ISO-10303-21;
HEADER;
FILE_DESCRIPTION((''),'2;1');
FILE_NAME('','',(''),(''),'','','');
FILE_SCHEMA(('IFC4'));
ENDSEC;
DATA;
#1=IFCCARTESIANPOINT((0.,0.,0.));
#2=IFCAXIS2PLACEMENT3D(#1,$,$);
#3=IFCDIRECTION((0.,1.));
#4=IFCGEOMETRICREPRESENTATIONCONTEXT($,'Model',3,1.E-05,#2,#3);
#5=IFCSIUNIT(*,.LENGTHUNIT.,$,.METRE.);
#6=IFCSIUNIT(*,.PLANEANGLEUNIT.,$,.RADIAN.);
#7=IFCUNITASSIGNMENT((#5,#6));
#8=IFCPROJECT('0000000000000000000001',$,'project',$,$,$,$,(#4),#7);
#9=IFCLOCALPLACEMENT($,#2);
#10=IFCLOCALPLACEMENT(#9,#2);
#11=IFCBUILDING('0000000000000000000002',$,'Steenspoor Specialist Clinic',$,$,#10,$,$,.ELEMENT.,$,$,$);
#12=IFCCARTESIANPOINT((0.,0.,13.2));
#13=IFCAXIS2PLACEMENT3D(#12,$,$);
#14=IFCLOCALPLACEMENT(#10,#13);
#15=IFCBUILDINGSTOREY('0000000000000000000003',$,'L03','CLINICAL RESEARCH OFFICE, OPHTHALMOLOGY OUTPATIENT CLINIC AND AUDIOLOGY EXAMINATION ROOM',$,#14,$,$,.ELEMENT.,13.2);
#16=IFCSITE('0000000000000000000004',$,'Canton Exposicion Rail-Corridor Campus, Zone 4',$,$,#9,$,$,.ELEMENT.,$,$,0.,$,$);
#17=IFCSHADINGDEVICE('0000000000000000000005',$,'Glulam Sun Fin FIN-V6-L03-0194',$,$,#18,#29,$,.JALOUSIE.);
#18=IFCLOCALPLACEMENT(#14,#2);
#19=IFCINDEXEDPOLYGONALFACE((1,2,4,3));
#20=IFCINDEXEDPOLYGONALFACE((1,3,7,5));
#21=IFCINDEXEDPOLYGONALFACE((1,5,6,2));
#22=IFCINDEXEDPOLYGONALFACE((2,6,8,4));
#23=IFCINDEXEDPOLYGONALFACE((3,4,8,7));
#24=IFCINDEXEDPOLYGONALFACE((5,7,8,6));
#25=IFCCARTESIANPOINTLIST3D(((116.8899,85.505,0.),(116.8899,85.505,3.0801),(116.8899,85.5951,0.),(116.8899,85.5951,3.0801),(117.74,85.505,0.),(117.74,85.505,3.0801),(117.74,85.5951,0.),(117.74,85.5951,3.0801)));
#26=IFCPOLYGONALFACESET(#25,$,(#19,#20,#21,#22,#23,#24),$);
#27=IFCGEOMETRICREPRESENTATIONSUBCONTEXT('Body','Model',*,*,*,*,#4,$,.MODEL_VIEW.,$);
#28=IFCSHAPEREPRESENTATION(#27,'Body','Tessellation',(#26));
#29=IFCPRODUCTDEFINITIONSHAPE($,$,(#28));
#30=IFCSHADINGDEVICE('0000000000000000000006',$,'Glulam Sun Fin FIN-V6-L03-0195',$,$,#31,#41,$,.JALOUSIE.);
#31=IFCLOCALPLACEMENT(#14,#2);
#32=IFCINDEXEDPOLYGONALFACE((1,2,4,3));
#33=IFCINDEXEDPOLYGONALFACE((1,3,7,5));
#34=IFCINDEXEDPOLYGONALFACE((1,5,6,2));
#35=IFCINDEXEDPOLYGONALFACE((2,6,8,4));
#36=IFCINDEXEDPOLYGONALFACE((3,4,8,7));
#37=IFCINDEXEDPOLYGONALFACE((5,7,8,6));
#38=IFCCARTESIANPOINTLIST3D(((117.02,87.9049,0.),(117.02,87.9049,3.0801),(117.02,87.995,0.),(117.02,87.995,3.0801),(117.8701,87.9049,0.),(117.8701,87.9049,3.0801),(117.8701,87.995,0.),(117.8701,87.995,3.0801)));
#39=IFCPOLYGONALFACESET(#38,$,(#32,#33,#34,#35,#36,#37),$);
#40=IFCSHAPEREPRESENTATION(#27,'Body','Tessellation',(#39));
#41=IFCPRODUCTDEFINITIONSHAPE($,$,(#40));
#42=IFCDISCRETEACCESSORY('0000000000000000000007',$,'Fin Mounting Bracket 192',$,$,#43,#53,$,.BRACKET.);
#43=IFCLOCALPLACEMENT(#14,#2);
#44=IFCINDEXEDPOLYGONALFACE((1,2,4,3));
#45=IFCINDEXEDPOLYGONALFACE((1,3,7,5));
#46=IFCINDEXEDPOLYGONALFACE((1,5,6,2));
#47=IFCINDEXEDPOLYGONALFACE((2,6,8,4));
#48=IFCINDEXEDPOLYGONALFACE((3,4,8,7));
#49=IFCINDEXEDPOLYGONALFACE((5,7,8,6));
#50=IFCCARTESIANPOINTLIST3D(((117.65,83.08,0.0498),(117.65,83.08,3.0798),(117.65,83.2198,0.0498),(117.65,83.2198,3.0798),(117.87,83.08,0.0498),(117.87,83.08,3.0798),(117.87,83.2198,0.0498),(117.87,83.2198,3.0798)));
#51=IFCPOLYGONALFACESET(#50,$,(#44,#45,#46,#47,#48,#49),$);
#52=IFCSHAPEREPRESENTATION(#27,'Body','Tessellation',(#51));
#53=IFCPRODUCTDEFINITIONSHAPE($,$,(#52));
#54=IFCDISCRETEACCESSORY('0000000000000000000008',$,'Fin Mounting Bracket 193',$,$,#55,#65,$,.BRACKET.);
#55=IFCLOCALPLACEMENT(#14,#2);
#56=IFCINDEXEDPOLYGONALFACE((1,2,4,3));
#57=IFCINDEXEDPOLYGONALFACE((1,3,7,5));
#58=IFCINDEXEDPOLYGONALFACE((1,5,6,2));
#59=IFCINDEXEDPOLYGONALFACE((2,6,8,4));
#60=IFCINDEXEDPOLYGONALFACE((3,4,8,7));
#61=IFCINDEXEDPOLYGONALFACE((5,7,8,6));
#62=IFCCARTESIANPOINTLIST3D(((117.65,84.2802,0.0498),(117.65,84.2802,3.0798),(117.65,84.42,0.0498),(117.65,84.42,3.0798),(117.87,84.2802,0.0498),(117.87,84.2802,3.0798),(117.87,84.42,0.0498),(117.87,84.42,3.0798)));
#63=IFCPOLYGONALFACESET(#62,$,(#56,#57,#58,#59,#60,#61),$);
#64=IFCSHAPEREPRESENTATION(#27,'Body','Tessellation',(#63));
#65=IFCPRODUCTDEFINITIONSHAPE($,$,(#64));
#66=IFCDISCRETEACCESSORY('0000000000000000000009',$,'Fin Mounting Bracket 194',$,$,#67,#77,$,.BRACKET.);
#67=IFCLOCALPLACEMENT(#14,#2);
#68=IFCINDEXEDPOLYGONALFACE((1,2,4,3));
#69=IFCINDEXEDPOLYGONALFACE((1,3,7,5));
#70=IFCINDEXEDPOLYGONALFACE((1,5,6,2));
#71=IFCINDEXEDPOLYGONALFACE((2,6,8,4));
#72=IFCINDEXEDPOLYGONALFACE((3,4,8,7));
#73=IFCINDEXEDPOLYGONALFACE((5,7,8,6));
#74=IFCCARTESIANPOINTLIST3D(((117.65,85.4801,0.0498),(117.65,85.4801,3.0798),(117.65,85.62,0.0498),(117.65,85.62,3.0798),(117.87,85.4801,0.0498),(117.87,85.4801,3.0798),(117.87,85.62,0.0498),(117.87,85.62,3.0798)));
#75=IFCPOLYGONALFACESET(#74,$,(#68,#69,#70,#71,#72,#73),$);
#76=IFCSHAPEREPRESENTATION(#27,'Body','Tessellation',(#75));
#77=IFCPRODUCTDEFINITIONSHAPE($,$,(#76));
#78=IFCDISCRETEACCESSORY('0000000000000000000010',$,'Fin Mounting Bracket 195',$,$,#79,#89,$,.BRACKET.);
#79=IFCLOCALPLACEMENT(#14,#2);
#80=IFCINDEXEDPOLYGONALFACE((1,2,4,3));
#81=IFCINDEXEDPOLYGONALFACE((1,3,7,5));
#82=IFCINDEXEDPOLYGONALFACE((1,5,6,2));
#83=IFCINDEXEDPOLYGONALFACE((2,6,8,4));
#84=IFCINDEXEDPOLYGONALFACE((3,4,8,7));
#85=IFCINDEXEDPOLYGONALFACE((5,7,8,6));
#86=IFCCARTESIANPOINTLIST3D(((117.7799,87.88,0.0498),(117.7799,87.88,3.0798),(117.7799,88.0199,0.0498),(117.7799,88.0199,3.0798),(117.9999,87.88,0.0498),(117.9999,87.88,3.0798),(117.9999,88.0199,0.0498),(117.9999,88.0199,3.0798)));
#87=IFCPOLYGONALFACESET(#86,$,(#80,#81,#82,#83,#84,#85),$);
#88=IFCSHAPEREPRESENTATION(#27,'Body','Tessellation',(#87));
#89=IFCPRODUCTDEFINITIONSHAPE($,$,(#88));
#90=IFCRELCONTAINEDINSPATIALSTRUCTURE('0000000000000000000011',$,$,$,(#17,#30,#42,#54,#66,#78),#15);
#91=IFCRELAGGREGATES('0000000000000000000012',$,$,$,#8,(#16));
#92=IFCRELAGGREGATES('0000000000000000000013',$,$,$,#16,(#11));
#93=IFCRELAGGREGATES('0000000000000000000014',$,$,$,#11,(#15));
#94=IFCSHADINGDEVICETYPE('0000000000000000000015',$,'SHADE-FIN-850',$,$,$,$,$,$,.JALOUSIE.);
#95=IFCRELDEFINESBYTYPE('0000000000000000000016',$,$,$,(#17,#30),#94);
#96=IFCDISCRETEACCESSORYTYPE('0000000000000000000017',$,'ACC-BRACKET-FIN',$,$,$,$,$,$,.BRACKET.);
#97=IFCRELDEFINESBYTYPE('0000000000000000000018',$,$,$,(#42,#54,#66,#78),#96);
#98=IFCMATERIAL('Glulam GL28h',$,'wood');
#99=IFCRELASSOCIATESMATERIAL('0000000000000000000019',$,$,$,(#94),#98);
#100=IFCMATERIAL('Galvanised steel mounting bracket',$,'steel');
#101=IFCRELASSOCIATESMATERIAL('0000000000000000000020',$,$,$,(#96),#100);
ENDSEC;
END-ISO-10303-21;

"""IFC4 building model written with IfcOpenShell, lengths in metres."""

from ifc_helpers import new_model, si_unit, direction, frame, origin, origin_2d, place, context, subcontext, project, spatial, rectangle, extrude, material, material_profile, profile_set, type_object, element, save


model = new_model("IFC4")

# Units and contexts
model_context = context("Model", 3, precision=1e-05, world=origin(), true_north=direction((0.0, 1.0)))
body_context = subcontext(model_context, "Body", "Model", "MODEL_VIEW")
ifc_project = project(units=[si_unit("LENGTHUNIT", "METRE"), si_unit("PLANEANGLEUNIT", "RADIAN")], contexts=[model_context])

# Site, building, storey
site_placement = place(None, origin())
site = spatial("IfcSite", under=ifc_project, at=site_placement, Name="Canton Exposicion Rail-Corridor Campus, Zone 4", CompositionType="ELEMENT", RefElevation=0.0)
building_placement = place(site_placement, origin())
building = spatial("IfcBuilding", under=site, at=building_placement, Name="Steenspoor Specialist Clinic", CompositionType="ELEMENT")
storey_placement = place(building_placement, frame((0.0, 0.0, 13.2)))
storey = spatial("IfcBuildingStorey", under=building, at=storey_placement, Name="L03", Description="CLINICAL RESEARCH OFFICE, OPHTHALMOLOGY OUTPATIENT CLINIC AND AUDIOLOGY EXAMINATION ROOM", CompositionType="ELEMENT", Elevation=13.2)

# Shading devices
ifc_material_1 = material(Name="Glulam GL28h", Category="wood")
ifc_material_profile_1 = material_profile(ifc_material_1, rectangle(XDim=0.0901, YDim=0.8501, at=origin_2d()), Name="GL28H-90X850")
ifc_profile_set_1 = profile_set([ifc_material_profile_1], Name="Glulam GL28h")
shading_device_type = type_object("IfcShadingDeviceType", Name="SHADE-FIN-850", PredefinedType="JALOUSIE", material=ifc_profile_set_1)
for number, where, z_axis, x_axis, name in (
    (1, (117.3149, 85.55, 0.0), (0.0, 0.0, 1.0), (0.0, 1.0, 0.0), "Glulam Sun Fin FIN-V6-L03-0194"),
    (2, (117.4451, 87.95, 0.0), (0.0, 0.0, 1.0), (0.0, 1.0, 0.0), "Glulam Sun Fin FIN-V6-L03-0195"),
):
    element("IfcShadingDevice", number, at=place(storey_placement, frame(where, z_axis=z_axis, x_axis=x_axis)), inside=storey, type_object=shading_device_type, Name=name, PredefinedType="JALOUSIE", context=body_context, shape_type="SweptSolid", body=[
        extrude(rectangle(XDim=0.0901, YDim=0.8501, at=origin_2d()), origin(), (0.0, 0.0, 1.0), 3.0801),
    ])

# Discrete accessories
ifc_material_2 = material(Name="Galvanised steel mounting bracket", Category="steel")
discrete_accessory_type = type_object("IfcDiscreteAccessoryType", Name="ACC-BRACKET-FIN", PredefinedType="BRACKET", material=ifc_material_2)
for number, where, z_axis, x_axis, name in (
    (3, (117.76, 83.1499, 0.0498), (0.0, 0.0, 1.0), (-1.0, 0.0, 0.0), "Fin Mounting Bracket 192"),
    (4, (117.76, 84.3501, 0.0498), (0.0, 0.0, 1.0), (-1.0, 0.0, 0.0), "Fin Mounting Bracket 193"),
    (5, (117.76, 85.55, 0.0498), (0.0, 0.0, 1.0), (-1.0, 0.0, 0.0), "Fin Mounting Bracket 194"),
    (6, (117.8899, 87.95, 0.0498), (0.0, 0.0, 1.0), (-1.0, 0.0, 0.0), "Fin Mounting Bracket 195"),
):
    element("IfcDiscreteAccessory", number, at=place(storey_placement, frame(where, z_axis=z_axis, x_axis=x_axis)), inside=storey, type_object=discrete_accessory_type, Name=name, PredefinedType="BRACKET", context=body_context, shape_type="SweptSolid", body=[
        extrude(rectangle(XDim=0.22, YDim=0.1399, at=origin_2d()), origin(), (0.0, 0.0, 1.0), 3.03),
    ])

save(model, "model.ifc")
